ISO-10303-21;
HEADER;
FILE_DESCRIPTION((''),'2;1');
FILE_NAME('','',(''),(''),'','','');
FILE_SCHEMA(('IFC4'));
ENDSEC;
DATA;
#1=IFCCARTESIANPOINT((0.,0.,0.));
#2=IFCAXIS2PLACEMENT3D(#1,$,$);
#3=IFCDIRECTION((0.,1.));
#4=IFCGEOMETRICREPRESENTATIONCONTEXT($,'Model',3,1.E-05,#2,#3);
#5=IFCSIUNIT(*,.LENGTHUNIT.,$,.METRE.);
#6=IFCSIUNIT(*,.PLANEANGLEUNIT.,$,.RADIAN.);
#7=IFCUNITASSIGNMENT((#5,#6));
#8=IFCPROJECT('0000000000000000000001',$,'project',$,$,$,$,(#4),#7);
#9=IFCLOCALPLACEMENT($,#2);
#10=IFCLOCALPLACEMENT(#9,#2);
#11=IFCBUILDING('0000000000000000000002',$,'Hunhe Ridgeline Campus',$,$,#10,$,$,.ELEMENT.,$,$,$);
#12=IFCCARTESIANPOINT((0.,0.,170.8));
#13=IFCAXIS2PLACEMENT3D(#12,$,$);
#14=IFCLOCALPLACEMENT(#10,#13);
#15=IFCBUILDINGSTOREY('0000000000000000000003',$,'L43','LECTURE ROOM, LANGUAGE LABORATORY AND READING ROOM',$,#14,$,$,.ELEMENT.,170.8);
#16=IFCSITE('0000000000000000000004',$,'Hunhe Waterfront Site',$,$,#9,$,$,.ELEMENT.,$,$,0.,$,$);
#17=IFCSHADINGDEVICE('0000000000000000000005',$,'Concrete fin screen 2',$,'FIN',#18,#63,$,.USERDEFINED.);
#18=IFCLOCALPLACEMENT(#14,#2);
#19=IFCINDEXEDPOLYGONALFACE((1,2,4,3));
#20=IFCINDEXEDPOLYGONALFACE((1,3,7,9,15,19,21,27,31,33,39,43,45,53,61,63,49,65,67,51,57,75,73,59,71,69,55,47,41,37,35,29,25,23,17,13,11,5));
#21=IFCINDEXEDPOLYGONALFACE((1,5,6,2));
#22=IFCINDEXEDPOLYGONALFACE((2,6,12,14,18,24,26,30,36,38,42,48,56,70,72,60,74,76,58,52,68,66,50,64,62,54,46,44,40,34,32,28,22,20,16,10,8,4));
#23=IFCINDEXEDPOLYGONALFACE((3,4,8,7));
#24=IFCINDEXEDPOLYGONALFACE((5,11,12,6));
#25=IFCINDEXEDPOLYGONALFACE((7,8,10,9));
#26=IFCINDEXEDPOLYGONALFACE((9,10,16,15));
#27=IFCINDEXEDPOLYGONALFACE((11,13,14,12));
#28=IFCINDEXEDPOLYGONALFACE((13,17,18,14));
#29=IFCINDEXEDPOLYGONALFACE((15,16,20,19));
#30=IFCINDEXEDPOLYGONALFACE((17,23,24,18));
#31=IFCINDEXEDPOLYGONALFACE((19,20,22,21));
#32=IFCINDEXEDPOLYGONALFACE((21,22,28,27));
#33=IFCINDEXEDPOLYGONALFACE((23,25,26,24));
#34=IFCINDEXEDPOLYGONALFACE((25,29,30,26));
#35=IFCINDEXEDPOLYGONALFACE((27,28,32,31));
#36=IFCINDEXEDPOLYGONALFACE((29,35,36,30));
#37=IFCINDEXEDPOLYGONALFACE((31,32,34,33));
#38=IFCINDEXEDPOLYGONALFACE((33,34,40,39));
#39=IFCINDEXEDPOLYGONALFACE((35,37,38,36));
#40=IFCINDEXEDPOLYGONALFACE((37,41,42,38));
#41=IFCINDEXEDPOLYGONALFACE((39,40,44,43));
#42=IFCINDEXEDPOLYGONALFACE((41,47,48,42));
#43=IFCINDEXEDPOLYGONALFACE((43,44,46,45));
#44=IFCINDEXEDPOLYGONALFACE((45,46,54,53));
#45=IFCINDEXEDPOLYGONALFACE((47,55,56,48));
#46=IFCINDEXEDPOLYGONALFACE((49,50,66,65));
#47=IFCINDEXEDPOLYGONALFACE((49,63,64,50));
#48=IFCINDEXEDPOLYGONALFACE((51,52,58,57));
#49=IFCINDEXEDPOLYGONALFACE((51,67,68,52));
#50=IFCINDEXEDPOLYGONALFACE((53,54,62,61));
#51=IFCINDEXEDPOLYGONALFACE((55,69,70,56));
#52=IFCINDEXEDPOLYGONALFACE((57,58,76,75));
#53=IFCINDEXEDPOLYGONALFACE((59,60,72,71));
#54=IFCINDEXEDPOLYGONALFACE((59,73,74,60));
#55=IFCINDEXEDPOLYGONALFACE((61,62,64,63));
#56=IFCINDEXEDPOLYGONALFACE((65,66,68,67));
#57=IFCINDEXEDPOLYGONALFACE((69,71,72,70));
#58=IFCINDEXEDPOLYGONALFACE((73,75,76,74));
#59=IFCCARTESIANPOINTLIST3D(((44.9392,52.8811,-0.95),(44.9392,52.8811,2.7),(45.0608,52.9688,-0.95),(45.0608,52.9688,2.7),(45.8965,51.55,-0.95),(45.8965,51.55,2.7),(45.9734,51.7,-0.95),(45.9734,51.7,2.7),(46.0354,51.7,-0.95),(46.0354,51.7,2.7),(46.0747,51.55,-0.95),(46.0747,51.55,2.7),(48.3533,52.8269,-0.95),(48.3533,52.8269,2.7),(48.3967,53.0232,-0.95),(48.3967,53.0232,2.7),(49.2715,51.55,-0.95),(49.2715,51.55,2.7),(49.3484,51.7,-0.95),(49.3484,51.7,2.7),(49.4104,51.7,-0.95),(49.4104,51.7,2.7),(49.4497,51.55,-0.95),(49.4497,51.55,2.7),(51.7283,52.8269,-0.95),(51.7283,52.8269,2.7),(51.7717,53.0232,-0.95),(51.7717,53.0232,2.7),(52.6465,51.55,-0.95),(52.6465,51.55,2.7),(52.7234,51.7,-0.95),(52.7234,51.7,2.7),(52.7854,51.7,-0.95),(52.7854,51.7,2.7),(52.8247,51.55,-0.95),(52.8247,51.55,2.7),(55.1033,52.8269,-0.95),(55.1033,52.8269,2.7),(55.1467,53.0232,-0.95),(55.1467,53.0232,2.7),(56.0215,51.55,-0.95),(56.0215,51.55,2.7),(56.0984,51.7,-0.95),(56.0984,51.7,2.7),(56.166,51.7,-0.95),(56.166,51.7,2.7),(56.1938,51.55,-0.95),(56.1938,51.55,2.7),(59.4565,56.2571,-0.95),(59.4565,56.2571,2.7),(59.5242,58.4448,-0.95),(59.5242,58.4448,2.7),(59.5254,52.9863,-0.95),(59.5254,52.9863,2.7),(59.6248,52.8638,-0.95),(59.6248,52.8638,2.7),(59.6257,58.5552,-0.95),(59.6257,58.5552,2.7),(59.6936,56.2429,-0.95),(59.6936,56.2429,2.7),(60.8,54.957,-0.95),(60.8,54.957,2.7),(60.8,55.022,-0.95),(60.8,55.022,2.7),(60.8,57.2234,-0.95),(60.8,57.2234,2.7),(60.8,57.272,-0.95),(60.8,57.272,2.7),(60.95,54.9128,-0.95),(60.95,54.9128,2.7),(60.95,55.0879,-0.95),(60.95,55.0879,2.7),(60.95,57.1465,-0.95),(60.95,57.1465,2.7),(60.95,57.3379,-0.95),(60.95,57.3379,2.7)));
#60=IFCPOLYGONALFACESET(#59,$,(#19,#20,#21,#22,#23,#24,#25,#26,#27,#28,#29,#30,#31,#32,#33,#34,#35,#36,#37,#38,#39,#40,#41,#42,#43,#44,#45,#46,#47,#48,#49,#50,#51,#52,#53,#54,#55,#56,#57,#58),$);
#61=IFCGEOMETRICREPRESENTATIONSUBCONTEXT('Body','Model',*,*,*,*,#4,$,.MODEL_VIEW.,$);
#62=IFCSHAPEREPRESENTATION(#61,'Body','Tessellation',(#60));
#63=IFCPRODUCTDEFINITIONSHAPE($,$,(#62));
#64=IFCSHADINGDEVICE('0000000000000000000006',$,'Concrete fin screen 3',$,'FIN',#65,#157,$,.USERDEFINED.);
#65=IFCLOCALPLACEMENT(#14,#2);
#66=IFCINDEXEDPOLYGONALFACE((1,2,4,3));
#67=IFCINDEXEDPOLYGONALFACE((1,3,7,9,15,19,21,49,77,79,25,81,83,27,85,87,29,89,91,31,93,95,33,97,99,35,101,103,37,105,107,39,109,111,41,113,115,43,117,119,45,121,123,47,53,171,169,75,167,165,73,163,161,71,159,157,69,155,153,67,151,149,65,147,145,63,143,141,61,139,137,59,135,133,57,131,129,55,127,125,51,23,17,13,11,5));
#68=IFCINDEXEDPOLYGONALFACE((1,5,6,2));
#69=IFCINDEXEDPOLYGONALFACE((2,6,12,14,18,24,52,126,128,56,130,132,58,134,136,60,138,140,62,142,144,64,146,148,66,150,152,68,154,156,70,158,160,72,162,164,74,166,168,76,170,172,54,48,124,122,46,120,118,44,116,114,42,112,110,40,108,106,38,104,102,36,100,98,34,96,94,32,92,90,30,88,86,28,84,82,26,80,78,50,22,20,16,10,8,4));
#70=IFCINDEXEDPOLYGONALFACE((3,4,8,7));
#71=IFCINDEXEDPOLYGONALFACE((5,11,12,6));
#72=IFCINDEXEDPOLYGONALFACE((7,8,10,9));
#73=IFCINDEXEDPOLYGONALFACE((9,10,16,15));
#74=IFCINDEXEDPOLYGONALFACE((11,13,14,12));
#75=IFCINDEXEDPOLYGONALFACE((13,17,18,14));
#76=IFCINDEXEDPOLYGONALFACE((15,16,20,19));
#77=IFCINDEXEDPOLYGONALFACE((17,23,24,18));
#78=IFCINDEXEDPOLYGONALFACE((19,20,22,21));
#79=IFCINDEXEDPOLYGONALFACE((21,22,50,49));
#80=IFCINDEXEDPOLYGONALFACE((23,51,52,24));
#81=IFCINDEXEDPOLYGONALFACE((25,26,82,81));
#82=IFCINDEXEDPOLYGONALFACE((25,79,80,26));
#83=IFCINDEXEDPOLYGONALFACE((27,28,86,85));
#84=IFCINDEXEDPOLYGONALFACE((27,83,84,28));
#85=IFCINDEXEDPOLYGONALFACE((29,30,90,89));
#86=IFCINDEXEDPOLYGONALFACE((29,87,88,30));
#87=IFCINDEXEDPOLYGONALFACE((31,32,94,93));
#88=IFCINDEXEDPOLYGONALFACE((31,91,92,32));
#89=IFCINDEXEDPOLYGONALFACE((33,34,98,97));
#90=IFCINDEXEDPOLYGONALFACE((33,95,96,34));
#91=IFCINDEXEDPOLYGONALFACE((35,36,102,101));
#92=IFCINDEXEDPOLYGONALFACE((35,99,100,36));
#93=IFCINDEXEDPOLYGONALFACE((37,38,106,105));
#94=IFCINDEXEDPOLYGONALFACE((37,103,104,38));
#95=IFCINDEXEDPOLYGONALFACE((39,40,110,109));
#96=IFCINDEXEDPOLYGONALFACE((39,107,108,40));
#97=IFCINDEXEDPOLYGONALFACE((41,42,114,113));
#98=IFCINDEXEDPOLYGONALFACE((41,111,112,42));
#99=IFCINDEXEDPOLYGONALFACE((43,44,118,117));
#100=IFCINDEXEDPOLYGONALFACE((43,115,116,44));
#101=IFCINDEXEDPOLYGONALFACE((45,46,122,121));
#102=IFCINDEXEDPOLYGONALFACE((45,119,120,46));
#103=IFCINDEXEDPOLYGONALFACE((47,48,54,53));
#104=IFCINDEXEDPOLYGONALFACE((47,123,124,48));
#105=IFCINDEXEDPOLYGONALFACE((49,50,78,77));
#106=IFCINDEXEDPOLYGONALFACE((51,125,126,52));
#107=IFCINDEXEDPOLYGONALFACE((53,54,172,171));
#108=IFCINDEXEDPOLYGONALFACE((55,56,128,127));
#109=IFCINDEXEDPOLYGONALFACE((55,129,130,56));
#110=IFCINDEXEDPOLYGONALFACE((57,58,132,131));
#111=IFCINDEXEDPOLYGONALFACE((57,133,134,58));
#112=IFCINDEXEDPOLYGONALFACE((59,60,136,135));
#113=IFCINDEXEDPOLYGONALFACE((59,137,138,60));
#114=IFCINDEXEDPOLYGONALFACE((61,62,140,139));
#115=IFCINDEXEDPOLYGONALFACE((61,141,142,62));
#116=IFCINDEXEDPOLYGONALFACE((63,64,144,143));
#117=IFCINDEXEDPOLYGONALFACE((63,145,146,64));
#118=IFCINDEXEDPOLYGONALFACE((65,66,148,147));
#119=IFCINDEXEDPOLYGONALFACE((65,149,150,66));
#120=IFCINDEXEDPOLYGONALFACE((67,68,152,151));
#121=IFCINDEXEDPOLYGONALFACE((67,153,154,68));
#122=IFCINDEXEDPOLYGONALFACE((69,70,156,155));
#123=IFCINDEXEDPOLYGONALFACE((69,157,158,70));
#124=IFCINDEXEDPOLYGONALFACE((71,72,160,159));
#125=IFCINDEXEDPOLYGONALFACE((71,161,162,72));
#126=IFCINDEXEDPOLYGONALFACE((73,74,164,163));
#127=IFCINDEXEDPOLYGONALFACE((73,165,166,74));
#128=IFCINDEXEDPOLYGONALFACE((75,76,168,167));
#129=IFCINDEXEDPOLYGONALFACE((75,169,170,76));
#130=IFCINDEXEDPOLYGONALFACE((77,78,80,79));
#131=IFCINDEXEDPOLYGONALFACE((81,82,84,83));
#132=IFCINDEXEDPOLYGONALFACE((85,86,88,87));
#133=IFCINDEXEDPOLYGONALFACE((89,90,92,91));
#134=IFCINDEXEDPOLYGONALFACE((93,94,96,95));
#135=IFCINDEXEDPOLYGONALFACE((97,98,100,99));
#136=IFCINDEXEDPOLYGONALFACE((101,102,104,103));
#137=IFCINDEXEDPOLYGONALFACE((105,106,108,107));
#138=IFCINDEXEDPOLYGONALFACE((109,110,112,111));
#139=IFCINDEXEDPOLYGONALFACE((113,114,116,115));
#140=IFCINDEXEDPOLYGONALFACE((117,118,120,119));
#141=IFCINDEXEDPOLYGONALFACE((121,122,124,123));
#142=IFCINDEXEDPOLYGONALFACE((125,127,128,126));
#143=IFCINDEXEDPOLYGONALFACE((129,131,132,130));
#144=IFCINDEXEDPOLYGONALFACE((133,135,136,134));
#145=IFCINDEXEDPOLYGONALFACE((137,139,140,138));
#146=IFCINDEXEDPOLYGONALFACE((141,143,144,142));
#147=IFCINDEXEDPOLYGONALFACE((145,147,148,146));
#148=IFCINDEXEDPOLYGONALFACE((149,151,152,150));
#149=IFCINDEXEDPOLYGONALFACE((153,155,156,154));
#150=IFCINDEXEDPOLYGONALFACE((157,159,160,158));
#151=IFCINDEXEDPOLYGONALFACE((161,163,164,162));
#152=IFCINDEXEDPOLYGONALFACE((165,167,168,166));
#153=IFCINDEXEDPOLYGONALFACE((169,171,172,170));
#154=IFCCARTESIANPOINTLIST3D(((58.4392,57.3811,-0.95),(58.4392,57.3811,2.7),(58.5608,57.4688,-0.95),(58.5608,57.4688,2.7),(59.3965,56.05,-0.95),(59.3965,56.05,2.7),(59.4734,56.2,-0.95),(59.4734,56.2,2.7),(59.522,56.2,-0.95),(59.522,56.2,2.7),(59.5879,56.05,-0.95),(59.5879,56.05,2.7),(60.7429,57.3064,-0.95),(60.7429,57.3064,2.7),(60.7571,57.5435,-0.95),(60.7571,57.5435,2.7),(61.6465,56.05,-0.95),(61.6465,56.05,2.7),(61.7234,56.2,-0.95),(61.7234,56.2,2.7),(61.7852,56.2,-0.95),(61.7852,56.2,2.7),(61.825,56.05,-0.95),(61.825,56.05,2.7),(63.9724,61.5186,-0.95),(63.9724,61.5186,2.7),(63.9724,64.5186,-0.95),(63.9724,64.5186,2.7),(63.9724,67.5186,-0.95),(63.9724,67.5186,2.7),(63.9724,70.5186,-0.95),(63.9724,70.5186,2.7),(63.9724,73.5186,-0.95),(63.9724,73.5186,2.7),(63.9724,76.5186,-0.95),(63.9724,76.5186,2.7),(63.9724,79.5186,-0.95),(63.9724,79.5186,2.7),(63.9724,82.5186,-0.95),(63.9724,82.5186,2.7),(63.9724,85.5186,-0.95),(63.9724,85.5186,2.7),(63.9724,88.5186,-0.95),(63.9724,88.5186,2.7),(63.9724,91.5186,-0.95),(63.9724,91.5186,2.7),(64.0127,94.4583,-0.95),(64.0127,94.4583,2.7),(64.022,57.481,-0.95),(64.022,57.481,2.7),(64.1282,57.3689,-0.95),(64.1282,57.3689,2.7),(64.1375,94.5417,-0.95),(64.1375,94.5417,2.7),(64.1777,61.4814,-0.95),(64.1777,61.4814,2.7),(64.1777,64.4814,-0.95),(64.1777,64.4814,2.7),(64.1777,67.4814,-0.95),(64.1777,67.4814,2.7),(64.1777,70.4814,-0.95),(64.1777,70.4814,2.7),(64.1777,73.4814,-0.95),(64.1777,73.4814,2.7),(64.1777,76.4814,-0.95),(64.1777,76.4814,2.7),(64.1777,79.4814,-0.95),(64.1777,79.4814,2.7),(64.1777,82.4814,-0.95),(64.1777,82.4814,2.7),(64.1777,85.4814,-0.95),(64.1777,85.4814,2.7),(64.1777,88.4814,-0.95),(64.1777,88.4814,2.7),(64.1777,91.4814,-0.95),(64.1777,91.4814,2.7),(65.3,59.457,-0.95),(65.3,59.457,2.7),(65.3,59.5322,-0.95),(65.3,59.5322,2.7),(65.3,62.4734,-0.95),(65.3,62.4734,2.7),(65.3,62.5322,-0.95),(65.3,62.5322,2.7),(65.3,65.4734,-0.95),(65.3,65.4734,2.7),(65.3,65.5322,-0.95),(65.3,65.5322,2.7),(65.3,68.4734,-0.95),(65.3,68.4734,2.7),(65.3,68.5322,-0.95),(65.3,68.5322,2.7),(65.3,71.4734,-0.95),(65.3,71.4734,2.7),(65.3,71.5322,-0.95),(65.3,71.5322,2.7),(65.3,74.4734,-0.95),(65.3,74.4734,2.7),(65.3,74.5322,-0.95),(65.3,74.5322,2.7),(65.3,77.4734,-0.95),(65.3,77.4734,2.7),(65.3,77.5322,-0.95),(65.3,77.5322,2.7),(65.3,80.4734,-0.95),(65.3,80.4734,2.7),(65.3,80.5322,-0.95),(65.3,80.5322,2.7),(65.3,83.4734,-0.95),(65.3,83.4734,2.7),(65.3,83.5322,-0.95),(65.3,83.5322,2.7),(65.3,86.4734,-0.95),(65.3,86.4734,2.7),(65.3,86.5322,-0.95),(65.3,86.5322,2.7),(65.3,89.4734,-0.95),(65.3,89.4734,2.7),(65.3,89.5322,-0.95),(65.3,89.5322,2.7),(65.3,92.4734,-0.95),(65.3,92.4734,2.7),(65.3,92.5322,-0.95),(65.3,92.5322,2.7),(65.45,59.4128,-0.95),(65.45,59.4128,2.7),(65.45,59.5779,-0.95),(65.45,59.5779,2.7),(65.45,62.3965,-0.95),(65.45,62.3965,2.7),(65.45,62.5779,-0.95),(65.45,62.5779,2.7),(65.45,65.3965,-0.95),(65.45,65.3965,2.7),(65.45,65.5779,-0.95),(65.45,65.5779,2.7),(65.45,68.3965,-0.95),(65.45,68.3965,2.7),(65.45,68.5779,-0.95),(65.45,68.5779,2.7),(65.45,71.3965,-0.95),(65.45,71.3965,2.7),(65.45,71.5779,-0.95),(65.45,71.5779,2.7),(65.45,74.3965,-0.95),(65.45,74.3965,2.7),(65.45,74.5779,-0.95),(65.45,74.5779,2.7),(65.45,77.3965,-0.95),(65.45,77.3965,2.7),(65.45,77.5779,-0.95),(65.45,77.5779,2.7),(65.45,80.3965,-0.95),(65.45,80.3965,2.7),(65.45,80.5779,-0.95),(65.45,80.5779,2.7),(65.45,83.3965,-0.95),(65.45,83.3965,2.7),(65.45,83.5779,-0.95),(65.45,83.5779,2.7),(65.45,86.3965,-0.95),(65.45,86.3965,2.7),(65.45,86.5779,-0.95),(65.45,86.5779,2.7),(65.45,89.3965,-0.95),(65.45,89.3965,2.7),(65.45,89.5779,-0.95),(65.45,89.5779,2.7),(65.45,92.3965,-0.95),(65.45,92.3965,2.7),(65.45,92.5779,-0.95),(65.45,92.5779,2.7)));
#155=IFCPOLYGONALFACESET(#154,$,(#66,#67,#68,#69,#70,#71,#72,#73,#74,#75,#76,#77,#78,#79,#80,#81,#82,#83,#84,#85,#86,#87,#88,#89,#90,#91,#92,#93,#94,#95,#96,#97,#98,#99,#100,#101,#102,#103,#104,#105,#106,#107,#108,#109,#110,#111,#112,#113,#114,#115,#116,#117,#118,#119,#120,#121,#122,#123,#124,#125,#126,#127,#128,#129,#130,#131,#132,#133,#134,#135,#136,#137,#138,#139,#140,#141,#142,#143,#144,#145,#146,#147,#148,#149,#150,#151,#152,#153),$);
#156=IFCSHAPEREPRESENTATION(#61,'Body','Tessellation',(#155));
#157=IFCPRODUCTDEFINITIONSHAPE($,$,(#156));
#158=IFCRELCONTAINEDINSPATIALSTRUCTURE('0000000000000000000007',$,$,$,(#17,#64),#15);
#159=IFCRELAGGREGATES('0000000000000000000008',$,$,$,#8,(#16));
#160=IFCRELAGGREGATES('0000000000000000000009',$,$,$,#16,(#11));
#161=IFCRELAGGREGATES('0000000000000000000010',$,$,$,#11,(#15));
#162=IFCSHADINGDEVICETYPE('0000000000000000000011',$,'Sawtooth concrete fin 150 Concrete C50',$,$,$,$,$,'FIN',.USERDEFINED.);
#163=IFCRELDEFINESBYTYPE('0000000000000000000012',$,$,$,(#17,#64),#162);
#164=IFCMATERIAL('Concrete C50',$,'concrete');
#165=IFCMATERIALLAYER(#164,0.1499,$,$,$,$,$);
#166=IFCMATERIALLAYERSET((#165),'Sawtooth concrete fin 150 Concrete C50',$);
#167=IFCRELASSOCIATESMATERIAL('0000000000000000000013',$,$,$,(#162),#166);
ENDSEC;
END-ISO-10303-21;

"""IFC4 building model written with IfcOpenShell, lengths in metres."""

from ifc_helpers import new_model, si_unit, direction, frame, origin, place, context, subcontext, project, spatial, polyline, outline, extrude, material, layer, layer_set, type_object, element, save


model = new_model("IFC4")

# Units and contexts
model_context = context("Model", 3, precision=1e-05, world=origin(), true_north=direction((0.0, 1.0)))
body_context = subcontext(model_context, "Body", "Model", "MODEL_VIEW")
ifc_project = project(units=[si_unit("LENGTHUNIT", "METRE"), si_unit("PLANEANGLEUNIT", "RADIAN")], contexts=[model_context])

# Site, building, storey
site_placement = place(None, origin())
site = spatial("IfcSite", under=ifc_project, at=site_placement, Name="Hunhe Waterfront Site", CompositionType="ELEMENT", RefElevation=0.0)
building_placement = place(site_placement, origin())
building = spatial("IfcBuilding", under=site, at=building_placement, Name="Hunhe Ridgeline Campus", CompositionType="ELEMENT")
storey_placement = place(building_placement, frame((0.0, 0.0, 170.8)))
storey = spatial("IfcBuildingStorey", under=building, at=storey_placement, Name="L43", Description="LECTURE ROOM, LANGUAGE LABORATORY AND READING ROOM", CompositionType="ELEMENT", Elevation=170.8)

# Shading devices
ifc_material_1 = material(Name="Concrete C50", Category="concrete")
ifc_layer_1 = layer(ifc_material_1, 0.1499)
ifc_layer_set_1 = layer_set([ifc_layer_1], Name="Sawtooth concrete fin 150 Concrete C50")
shading_device_type = type_object("IfcShadingDeviceType", Name="Sawtooth concrete fin 150 Concrete C50", ElementType="FIN", PredefinedType="USERDEFINED", material=ifc_layer_set_1)
shading_device_1_placement = place(storey_placement, frame((0.0, 0.0, -0.95)))
element("IfcShadingDevice", 1, at=shading_device_1_placement, inside=storey, type_object=shading_device_type, Name="Concrete fin screen 2", ObjectType="FIN", PredefinedType="USERDEFINED", context=body_context, shape_type="SweptSolid", body=[
    extrude(outline(polyline([(45.0608, 52.9688), (44.9392, 52.8811), (45.8965, 51.55), (46.0747, 51.55), (48.3533, 52.8269), (49.2715, 51.55), (49.4497, 51.55), (51.7283, 52.8269), (52.6465, 51.55), (52.8247, 51.55), (55.1033, 52.8269), (56.0215, 51.55), (56.1938, 51.55), (59.6248, 52.8638), (60.95, 54.9128), (60.95, 55.0879), (59.6936, 56.2429), (60.95, 57.1465), (60.95, 57.3379), (59.6257, 58.5552), (59.5242, 58.4448), (60.8, 57.272), (60.8, 57.2234), (59.4565, 56.2571), (60.8, 55.022), (60.8, 54.957), (59.5254, 52.9863), (56.166, 51.7), (56.0984, 51.7), (55.1467, 53.0232), (52.7854, 51.7), (52.7234, 51.7), (51.7717, 53.0232), (49.4104, 51.7), (49.3484, 51.7), (48.3967, 53.0232), (46.0354, 51.7), (45.9734, 51.7), (45.0608, 52.9688)])), origin(), (0.0, 0.0, 1.0), 3.6499),
])
shading_device_2_placement = place(storey_placement, frame((0.0, 0.0, -0.95)))
element("IfcShadingDevice", 2, at=shading_device_2_placement, inside=storey, type_object=shading_device_type, Name="Concrete fin screen 3", ObjectType="FIN", PredefinedType="USERDEFINED", context=body_context, shape_type="SweptSolid", body=[
    extrude(outline(polyline([(58.5608, 57.4688), (58.4392, 57.3811), (59.3965, 56.05), (59.5879, 56.05), (60.7429, 57.3064), (61.6465, 56.05), (61.825, 56.05), (64.1282, 57.3689), (65.45, 59.4128), (65.45, 59.5779), (64.1777, 61.4814), (65.45, 62.3965), (65.45, 62.5779), (64.1777, 64.4814), (65.45, 65.3965), (65.45, 65.5779), (64.1777, 67.4814), (65.45, 68.3965), (65.45, 68.5779), (64.1777, 70.4814), (65.45, 71.3965), (65.45, 71.5779), (64.1777, 73.4814), (65.45, 74.3965), (65.45, 74.5779), (64.1777, 76.4814), (65.45, 77.3965), (65.45, 77.5779), (64.1777, 79.4814), (65.45, 80.3965), (65.45, 80.5779), (64.1777, 82.4814), (65.45, 83.3965), (65.45, 83.5779), (64.1777, 85.4814), (65.45, 86.3965), (65.45, 86.5779), (64.1777, 88.4814), (65.45, 89.3965), (65.45, 89.5779), (64.1777, 91.4814), (65.45, 92.3965), (65.45, 92.5779), (64.1375, 94.5417), (64.0127, 94.4583), (65.3, 92.5322), (65.3, 92.4734), (63.9724, 91.5186), (65.3, 89.5322), (65.3, 89.4734), (63.9724, 88.5186), (65.3, 86.5322), (65.3, 86.4734), (63.9724, 85.5186), (65.3, 83.5322), (65.3, 83.4734), (63.9724, 82.5186), (65.3, 80.5322), (65.3, 80.4734), (63.9724, 79.5186), (65.3, 77.5322), (65.3, 77.4734), (63.9724, 76.5186), (65.3, 74.5322), (65.3, 74.4734), (63.9724, 73.5186), (65.3, 71.5322), (65.3, 71.4734), (63.9724, 70.5186), (65.3, 68.5322), (65.3, 68.4734), (63.9724, 67.5186), (65.3, 65.5322), (65.3, 65.4734), (63.9724, 64.5186), (65.3, 62.5322), (65.3, 62.4734), (63.9724, 61.5186), (65.3, 59.5322), (65.3, 59.457), (64.022, 57.481), (61.7852, 56.2), (61.7234, 56.2), (60.7571, 57.5435), (59.522, 56.2), (59.4734, 56.2), (58.5608, 57.4688)])), origin(), (0.0, 0.0, 1.0), 3.6499),
])

save(model, "model.ifc")
